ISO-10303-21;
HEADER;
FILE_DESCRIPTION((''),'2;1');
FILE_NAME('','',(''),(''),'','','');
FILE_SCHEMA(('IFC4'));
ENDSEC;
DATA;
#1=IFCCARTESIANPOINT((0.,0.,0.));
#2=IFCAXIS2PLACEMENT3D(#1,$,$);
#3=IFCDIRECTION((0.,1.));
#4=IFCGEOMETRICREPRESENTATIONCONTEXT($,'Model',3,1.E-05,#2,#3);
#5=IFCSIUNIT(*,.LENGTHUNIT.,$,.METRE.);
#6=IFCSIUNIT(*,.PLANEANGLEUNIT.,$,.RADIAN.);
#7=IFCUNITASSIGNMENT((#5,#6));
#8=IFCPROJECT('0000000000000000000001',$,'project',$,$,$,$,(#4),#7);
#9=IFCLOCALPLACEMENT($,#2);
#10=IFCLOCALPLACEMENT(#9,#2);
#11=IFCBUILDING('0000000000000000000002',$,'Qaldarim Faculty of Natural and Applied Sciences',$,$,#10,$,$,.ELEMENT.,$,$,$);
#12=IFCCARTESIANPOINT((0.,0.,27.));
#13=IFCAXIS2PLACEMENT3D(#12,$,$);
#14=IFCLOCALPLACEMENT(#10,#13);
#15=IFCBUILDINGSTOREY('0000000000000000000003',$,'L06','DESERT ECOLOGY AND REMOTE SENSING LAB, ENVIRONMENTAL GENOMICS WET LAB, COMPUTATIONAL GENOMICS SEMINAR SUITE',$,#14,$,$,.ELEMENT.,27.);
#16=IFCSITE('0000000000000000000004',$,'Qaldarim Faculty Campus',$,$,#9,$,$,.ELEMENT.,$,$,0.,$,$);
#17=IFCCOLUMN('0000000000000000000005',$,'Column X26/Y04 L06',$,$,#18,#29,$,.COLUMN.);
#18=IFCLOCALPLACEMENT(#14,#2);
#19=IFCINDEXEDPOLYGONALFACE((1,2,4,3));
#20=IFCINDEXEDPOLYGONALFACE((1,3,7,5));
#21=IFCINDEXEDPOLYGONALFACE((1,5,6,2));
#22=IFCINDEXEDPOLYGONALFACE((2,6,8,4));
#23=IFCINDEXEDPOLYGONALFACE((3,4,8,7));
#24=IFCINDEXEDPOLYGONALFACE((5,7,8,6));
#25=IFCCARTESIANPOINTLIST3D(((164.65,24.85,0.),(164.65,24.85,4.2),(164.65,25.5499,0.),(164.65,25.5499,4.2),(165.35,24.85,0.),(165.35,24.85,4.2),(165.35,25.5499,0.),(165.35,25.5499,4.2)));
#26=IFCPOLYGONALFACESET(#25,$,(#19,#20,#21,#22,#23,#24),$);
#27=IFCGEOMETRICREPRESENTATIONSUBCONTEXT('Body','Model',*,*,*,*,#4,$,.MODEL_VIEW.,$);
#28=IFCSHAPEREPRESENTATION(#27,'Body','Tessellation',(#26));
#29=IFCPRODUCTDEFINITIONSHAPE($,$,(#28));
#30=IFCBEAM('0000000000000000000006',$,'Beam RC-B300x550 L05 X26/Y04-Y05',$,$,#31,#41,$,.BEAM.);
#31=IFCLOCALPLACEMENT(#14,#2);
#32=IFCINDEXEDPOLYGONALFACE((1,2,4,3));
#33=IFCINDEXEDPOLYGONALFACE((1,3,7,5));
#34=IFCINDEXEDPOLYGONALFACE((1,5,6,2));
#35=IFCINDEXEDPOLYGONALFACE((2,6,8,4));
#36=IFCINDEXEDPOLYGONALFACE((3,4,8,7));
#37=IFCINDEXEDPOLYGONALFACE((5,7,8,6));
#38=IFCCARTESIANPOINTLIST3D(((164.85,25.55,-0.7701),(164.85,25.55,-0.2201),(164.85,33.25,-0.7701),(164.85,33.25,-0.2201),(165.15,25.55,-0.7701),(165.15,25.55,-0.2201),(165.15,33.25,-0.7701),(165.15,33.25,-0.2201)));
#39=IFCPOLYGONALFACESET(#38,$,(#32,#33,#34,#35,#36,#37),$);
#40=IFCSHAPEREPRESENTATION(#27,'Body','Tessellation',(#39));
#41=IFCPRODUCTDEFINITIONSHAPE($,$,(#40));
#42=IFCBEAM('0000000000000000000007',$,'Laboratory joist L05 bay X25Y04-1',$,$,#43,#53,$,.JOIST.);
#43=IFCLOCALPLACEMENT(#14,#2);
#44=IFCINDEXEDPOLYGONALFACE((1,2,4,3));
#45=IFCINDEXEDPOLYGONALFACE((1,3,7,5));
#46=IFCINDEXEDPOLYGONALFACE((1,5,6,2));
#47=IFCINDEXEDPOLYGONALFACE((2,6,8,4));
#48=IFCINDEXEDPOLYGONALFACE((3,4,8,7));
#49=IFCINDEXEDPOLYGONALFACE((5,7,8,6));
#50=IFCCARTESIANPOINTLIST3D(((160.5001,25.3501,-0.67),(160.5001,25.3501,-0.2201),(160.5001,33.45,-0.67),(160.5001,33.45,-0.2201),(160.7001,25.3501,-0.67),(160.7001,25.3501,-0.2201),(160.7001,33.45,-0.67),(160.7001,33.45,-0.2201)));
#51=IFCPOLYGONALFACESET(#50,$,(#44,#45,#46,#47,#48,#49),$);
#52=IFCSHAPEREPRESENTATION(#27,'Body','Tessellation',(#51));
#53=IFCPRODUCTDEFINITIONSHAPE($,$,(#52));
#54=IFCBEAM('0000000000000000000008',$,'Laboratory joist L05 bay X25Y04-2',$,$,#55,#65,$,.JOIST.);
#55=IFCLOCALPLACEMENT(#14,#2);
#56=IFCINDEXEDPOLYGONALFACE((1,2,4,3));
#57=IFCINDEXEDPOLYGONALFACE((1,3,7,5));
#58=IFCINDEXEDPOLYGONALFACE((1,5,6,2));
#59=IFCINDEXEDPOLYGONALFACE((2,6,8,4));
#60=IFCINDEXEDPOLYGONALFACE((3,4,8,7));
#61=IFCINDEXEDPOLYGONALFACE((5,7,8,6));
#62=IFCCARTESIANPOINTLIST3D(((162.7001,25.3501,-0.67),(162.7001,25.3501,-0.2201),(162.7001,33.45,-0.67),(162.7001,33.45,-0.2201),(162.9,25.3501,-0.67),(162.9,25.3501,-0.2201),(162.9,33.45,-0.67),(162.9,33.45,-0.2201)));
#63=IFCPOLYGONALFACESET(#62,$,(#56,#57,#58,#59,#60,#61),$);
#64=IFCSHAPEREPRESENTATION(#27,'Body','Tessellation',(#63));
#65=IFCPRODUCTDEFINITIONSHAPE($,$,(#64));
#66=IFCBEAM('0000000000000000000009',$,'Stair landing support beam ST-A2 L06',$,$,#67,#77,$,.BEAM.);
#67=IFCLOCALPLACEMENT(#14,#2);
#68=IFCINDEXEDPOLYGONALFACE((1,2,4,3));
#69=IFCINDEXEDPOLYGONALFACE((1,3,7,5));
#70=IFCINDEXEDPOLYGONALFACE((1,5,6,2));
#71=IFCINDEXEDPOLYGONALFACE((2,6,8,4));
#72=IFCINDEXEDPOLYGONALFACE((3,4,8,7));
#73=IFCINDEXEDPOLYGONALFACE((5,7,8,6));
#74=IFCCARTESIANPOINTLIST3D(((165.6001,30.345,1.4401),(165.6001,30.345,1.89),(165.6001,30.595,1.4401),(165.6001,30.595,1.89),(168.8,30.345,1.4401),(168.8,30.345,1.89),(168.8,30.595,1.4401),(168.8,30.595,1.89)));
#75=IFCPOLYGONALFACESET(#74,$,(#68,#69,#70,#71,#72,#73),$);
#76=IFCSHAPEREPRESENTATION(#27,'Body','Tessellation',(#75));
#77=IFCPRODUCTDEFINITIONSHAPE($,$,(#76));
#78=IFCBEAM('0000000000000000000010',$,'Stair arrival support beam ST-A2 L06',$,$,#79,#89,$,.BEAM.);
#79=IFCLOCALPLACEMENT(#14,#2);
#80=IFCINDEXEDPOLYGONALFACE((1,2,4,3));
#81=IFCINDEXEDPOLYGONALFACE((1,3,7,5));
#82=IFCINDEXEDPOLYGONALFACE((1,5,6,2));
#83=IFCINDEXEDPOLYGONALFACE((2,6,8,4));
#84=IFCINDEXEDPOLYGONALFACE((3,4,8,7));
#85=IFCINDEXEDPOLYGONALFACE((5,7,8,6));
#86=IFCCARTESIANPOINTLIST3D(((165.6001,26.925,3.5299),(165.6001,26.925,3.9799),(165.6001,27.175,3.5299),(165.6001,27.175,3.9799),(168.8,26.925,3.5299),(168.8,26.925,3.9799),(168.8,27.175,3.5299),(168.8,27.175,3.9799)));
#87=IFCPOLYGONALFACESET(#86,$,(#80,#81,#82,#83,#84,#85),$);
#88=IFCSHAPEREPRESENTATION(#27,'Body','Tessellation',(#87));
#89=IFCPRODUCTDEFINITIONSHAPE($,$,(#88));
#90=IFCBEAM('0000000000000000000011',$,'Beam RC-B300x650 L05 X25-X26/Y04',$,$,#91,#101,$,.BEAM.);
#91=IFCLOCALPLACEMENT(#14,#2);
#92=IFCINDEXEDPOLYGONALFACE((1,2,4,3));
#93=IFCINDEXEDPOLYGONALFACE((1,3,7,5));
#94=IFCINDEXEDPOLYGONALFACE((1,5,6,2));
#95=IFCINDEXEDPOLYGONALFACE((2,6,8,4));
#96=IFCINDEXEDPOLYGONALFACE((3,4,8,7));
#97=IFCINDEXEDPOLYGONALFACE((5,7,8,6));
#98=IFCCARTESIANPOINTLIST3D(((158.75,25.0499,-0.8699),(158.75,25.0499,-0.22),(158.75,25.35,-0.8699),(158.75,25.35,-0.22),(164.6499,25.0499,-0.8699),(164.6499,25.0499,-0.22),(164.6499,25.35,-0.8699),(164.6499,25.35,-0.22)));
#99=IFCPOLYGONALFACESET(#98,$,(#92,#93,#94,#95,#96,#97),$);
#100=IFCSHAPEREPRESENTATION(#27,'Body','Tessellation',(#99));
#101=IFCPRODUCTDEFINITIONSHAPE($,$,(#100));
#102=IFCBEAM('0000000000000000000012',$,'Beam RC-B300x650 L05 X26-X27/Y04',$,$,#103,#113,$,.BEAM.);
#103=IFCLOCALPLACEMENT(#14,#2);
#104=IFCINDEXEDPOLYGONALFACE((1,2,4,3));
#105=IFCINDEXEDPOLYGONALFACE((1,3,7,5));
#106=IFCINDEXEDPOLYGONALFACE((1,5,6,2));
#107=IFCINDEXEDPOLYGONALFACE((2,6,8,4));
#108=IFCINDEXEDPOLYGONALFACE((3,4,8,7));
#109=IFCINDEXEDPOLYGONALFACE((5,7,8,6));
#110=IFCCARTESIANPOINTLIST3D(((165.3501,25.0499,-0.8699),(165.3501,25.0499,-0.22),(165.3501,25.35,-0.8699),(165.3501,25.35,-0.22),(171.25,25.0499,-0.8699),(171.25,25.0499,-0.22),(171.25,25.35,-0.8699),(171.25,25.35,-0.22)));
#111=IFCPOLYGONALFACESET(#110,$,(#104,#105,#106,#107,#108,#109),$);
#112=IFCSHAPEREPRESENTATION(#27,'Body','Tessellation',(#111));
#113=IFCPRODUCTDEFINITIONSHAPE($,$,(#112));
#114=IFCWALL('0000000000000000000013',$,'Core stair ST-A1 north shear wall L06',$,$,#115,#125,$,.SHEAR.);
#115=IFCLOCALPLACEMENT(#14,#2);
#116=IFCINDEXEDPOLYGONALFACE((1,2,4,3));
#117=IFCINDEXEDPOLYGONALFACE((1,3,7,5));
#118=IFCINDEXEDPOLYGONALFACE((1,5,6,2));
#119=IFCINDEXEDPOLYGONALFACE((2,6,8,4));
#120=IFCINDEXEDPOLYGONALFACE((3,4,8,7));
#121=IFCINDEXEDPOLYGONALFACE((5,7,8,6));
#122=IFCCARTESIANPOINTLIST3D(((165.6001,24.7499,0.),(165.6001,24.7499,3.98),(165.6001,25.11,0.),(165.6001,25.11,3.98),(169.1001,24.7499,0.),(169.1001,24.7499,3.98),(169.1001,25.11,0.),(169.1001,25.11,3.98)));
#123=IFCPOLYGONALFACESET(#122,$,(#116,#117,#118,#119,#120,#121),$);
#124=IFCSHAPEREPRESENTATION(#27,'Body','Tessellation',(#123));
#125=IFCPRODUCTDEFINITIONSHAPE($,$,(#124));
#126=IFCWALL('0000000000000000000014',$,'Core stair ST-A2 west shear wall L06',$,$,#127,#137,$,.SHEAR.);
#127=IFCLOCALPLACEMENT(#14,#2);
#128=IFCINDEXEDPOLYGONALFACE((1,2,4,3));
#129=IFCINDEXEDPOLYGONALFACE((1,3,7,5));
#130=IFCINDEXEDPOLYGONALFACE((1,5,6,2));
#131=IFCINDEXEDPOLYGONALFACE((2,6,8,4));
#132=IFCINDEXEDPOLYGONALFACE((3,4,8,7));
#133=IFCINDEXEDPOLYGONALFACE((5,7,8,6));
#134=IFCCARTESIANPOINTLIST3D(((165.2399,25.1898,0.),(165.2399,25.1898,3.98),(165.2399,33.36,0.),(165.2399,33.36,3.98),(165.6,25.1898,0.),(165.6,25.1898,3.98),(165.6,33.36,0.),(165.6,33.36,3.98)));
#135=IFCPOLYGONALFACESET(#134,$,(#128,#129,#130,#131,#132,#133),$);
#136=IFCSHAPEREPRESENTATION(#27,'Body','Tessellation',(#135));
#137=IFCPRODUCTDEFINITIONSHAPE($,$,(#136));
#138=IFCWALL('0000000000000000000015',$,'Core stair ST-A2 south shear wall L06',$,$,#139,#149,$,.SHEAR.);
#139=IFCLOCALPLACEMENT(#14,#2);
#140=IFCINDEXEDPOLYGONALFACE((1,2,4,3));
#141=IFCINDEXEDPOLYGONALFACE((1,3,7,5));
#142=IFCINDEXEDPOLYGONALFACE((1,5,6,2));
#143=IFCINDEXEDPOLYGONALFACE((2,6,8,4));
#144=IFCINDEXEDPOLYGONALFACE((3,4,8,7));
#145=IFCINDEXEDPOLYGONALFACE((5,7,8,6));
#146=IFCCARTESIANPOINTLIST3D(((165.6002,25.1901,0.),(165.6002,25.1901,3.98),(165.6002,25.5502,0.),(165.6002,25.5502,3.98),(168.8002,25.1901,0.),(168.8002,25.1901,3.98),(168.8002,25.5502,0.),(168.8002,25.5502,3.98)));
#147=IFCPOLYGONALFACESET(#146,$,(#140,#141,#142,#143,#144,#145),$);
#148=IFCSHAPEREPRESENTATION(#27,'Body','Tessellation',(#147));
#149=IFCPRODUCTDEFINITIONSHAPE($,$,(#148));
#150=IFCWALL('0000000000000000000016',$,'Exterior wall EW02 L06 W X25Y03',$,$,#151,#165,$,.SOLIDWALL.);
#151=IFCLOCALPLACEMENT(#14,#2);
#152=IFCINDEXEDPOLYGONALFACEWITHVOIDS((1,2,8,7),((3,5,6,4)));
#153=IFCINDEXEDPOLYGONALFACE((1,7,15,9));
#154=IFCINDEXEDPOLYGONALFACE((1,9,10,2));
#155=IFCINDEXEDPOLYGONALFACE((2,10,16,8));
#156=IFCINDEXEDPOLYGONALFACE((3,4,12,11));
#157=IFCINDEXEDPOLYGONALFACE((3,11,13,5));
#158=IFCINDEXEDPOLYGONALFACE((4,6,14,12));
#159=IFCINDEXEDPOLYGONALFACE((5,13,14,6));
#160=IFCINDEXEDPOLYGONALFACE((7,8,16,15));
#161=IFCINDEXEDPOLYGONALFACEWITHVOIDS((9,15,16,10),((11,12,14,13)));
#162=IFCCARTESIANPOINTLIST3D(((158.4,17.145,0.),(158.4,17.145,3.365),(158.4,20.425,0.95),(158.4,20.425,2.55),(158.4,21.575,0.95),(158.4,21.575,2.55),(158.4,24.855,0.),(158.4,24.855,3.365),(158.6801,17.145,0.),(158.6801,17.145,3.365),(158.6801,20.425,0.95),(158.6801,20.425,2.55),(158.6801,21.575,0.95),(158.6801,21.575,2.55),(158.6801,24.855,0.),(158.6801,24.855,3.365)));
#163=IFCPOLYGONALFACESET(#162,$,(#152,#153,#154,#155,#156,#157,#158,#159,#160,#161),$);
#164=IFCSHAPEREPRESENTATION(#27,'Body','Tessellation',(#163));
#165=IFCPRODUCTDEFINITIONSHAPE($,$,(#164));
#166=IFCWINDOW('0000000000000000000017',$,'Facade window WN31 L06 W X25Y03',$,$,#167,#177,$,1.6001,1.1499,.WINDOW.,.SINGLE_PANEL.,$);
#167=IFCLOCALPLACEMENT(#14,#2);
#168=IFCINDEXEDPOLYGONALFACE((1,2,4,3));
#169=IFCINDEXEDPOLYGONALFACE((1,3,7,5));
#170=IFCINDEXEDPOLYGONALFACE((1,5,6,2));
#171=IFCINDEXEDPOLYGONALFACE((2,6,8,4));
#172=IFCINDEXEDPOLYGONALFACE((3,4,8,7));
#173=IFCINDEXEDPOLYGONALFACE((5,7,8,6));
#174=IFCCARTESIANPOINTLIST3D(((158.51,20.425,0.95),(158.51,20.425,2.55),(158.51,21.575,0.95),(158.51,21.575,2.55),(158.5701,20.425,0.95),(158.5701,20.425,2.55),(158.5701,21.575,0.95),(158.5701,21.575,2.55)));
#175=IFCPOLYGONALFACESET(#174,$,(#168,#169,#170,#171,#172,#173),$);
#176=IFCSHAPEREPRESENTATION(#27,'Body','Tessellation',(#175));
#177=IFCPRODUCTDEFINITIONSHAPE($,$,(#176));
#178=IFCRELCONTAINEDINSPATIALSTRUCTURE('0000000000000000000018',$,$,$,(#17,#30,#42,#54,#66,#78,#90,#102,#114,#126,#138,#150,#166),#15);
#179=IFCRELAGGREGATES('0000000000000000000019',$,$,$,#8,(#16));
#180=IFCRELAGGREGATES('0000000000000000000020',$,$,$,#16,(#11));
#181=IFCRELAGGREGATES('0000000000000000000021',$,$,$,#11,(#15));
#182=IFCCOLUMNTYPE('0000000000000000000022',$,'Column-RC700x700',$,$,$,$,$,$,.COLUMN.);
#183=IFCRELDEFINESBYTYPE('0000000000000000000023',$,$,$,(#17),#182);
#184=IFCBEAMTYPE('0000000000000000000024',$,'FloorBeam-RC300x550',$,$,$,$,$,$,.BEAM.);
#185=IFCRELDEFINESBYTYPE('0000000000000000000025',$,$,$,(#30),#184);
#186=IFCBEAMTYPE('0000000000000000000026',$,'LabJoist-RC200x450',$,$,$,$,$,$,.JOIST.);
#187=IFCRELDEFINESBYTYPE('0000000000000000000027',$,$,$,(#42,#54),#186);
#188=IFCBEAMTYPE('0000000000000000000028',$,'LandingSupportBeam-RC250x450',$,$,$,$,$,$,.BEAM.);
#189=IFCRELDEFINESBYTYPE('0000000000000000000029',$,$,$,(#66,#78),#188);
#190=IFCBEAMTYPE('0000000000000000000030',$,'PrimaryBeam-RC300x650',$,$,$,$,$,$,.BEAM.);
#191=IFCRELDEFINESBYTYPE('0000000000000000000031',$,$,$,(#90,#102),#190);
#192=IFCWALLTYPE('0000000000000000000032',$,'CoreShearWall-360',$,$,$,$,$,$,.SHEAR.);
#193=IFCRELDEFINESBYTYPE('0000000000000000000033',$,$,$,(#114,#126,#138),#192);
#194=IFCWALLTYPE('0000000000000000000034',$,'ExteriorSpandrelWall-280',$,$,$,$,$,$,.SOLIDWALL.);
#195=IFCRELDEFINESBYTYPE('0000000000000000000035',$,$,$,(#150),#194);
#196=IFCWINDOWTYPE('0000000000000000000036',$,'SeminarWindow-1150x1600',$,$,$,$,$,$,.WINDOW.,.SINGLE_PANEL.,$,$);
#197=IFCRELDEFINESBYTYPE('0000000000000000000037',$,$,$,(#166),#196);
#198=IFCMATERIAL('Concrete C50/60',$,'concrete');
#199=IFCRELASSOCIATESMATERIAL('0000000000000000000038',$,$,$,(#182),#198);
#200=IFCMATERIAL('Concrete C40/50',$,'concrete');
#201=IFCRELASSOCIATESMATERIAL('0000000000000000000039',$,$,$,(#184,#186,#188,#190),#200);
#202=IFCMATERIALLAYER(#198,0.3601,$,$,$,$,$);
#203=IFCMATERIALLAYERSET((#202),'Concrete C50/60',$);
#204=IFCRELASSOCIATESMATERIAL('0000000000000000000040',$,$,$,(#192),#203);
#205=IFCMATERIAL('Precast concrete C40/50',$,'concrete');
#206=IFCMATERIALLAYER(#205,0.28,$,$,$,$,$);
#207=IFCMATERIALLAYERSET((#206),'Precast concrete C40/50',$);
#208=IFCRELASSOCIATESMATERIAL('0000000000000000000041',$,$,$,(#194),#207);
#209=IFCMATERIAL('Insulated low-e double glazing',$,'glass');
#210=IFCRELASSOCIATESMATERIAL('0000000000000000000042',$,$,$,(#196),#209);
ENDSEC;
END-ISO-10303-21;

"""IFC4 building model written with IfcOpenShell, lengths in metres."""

from ifc_helpers import new_model, si_unit, direction, frame, frame_2d, origin, origin_2d, place, context, subcontext, project, spatial, rectangle, extrude, material, layer, layer_set, material_profile, profile_set, type_object, element, fill, save


model = new_model("IFC4")

# Units and contexts
model_context = context("Model", 3, precision=1e-05, world=origin(), true_north=direction((0.0, 1.0)))
body_context = subcontext(model_context, "Body", "Model", "MODEL_VIEW")
ifc_project = project(units=[si_unit("LENGTHUNIT", "METRE"), si_unit("PLANEANGLEUNIT", "RADIAN")], contexts=[model_context])

# Site, building, storey
site_placement = place(None, origin())
site = spatial("IfcSite", under=ifc_project, at=site_placement, Name="Qaldarim Faculty Campus", CompositionType="ELEMENT", RefElevation=0.0)
building_placement = place(site_placement, origin())
building = spatial("IfcBuilding", under=site, at=building_placement, Name="Qaldarim Faculty of Natural and Applied Sciences", CompositionType="ELEMENT")
storey_placement = place(building_placement, frame((0.0, 0.0, 27.0)))
storey = spatial("IfcBuildingStorey", under=building, at=storey_placement, Name="L06", Description="DESERT ECOLOGY AND REMOTE SENSING LAB, ENVIRONMENTAL GENOMICS WET LAB, COMPUTATIONAL GENOMICS SEMINAR SUITE", CompositionType="ELEMENT", Elevation=27.0)

# Column
ifc_material_1 = material(Name="Concrete C50/60", Category="concrete")
ifc_material_profile_1 = material_profile(ifc_material_1, rectangle(XDim=0.7, YDim=0.7, at=origin_2d()), Name="RC-C700x700")
ifc_profile_set_1 = profile_set([ifc_material_profile_1], Name="Concrete C50/60")
column_type = type_object("IfcColumnType", Name="Column-RC700x700", PredefinedType="COLUMN", material=ifc_profile_set_1)
column_placement = place(storey_placement, frame((165.0, 25.2, 0.0), z_axis=(0.0, 0.0, 1.0), x_axis=(1.0, 0.0, 0.0)))
element("IfcColumn", 1, at=column_placement, inside=storey, type_object=column_type, Name="Column X26/Y04 L06", PredefinedType="COLUMN", context=body_context, shape_type="SweptSolid", body=[
    extrude(rectangle(XDim=0.7, YDim=0.7, at=origin_2d()), origin(), (0.0, 0.0, 1.0), 4.2),
])

# Beams
ifc_material_2 = material(Name="Concrete C40/50", Category="concrete")
ifc_material_profile_2 = material_profile(ifc_material_2, rectangle(XDim=0.3, YDim=0.55, at=origin_2d()), Name="RC-B300x550")
ifc_profile_set_2 = profile_set([ifc_material_profile_2], Name="Concrete C40/50")
beam_type_1 = type_object("IfcBeamType", Name="FloorBeam-RC300x550", PredefinedType="BEAM", material=ifc_profile_set_2)
beam_placement = place(storey_placement, frame((165.0, 25.55, -0.4951), z_axis=(0.0, 1.0, 0.0), x_axis=(-1.0, 0.0, 0.0)))
element("IfcBeam", 2, at=beam_placement, inside=storey, type_object=beam_type_1, Name="Beam RC-B300x550 L05 X26/Y04-Y05", PredefinedType="BEAM", context=body_context, shape_type="SweptSolid", body=[
    extrude(rectangle(XDim=0.3, YDim=0.55, at=origin_2d()), origin(), (0.0, 0.0, 1.0), 7.7),
])
ifc_material_profile_3 = material_profile(ifc_material_2, rectangle(XDim=0.2, YDim=0.45, at=origin_2d()), Name="RC-J200x450")
ifc_profile_set_3 = profile_set([ifc_material_profile_3], Name="Concrete C40/50")
beam_type_2 = type_object("IfcBeamType", Name="LabJoist-RC200x450", PredefinedType="JOIST", material=ifc_profile_set_3)
for number, where, z_axis, x_axis, name in (
    (3, (160.6001, 25.3501, -0.4451), (0.0, 1.0, 0.0), (-1.0, 0.0, 0.0), "Laboratory joist L05 bay X25Y04-1"),
    (4, (162.8, 25.3501, -0.4451), (0.0, 1.0, 0.0), (-1.0, 0.0, 0.0), "Laboratory joist L05 bay X25Y04-2"),
):
    element("IfcBeam", number, at=place(storey_placement, frame(where, z_axis=z_axis, x_axis=x_axis)), inside=storey, type_object=beam_type_2, Name=name, PredefinedType="JOIST", context=body_context, shape_type="SweptSolid", body=[
        extrude(rectangle(XDim=0.2, YDim=0.45, at=origin_2d()), origin(), (0.0, 0.0, 1.0), 8.0999),
    ])
ifc_material_profile_4 = material_profile(ifc_material_2, rectangle(XDim=0.25, YDim=0.45, at=origin_2d()), Name="RC-LN250x450")
ifc_profile_set_4 = profile_set([ifc_material_profile_4], Name="Concrete C40/50")
beam_type_3 = type_object("IfcBeamType", Name="LandingSupportBeam-RC250x450", PredefinedType="BEAM", material=ifc_profile_set_4)
for number, where, z_axis, x_axis, name in (
    (5, (165.6001, 30.47, 1.665), (1.0, 0.0, 0.0), (0.0, 1.0, 0.0), "Stair landing support beam ST-A2 L06"),
    (6, (165.6001, 27.05, 3.7549), (1.0, 0.0, 0.0), (0.0, 1.0, 0.0), "Stair arrival support beam ST-A2 L06"),
):
    element("IfcBeam", number, at=place(storey_placement, frame(where, z_axis=z_axis, x_axis=x_axis)), inside=storey, type_object=beam_type_3, Name=name, PredefinedType="BEAM", context=body_context, shape_type="SweptSolid", body=[
        extrude(rectangle(XDim=0.25, YDim=0.45, at=origin_2d()), origin(), (0.0, 0.0, 1.0), 3.2),
    ])
ifc_material_profile_5 = material_profile(ifc_material_2, rectangle(XDim=0.3, YDim=0.6499, at=origin_2d()), Name="RC-B300x650")
ifc_profile_set_5 = profile_set([ifc_material_profile_5], Name="Concrete C40/50")
beam_type_4 = type_object("IfcBeamType", Name="PrimaryBeam-RC300x650", PredefinedType="BEAM", material=ifc_profile_set_5)
for number, where, z_axis, x_axis, name in (
    (7, (158.75, 25.2, -0.5449), (1.0, 0.0, 0.0), (0.0, 1.0, 0.0), "Beam RC-B300x650 L05 X25-X26/Y04"),
    (8, (165.3501, 25.2, -0.5449), (1.0, 0.0, 0.0), (0.0, 1.0, 0.0), "Beam RC-B300x650 L05 X26-X27/Y04"),
):
    element("IfcBeam", number, at=place(storey_placement, frame(where, z_axis=z_axis, x_axis=x_axis)), inside=storey, type_object=beam_type_4, Name=name, PredefinedType="BEAM", context=body_context, shape_type="SweptSolid", body=[
        extrude(rectangle(XDim=0.3, YDim=0.6499, at=origin_2d()), origin(), (0.0, 0.0, 1.0), 5.8999),
    ])

# Walls
ifc_layer_1 = layer(ifc_material_1, 0.3601)
ifc_layer_set_1 = layer_set([ifc_layer_1], Name="Concrete C50/60")
wall_type_1 = type_object("IfcWallType", Name="CoreShearWall-360", PredefinedType="SHEAR", material=ifc_layer_set_1)
wall_1_placement = place(storey_placement, frame((165.6001, 24.9299, 0.0), z_axis=(0.0, 0.0, 1.0), x_axis=(1.0, 0.0, 0.0)))
element("IfcWall", 9, at=wall_1_placement, inside=storey, type_object=wall_type_1, Name="Core stair ST-A1 north shear wall L06", PredefinedType="SHEAR", context=body_context, shape_type="SweptSolid", body=[
    extrude(rectangle(XDim=3.5, YDim=0.3601, at=frame_2d((1.75, 0.0))), origin(), (0.0, 0.0, 1.0), 3.98),
])
wall_2_placement = place(storey_placement, frame((165.4199, 25.1899, 0.0), z_axis=(0.0, 0.0, 1.0), x_axis=(0.0, 1.0, 0.0)))
element("IfcWall", 10, at=wall_2_placement, inside=storey, type_object=wall_type_1, Name="Core stair ST-A2 west shear wall L06", PredefinedType="SHEAR", context=body_context, shape_type="SweptSolid", body=[
    extrude(rectangle(XDim=8.1702, YDim=0.3601, at=frame_2d((4.085, 0.0))), origin(), (0.0, 0.0, 1.0), 3.98),
])

# Wall
wall_3_placement = place(storey_placement, frame((165.6001, 25.3701, 0.0), z_axis=(0.0, 0.0, 1.0), x_axis=(1.0, 0.0, 0.0)))
element("IfcWall", 11, at=wall_3_placement, inside=storey, type_object=wall_type_1, Name="Core stair ST-A2 south shear wall L06", PredefinedType="SHEAR", context=body_context, shape_type="SweptSolid", body=[
    extrude(rectangle(XDim=3.2, YDim=0.3601, at=frame_2d((1.6001, 0.0))), origin(), (0.0, 0.0, 1.0), 3.98),
])

# Wall, opening, window
ifc_material_3 = material(Name="Precast concrete C40/50", Category="concrete")
ifc_layer_2 = layer(ifc_material_3, 0.28)
ifc_layer_set_2 = layer_set([ifc_layer_2], Name="Precast concrete C40/50")
wall_type_2 = type_object("IfcWallType", Name="ExteriorSpandrelWall-280", PredefinedType="SOLIDWALL", material=ifc_layer_set_2)
wall_4_placement = place(storey_placement, frame((158.54, 24.855, 0.0), z_axis=(0.0, 0.0, 1.0), x_axis=(0.0, -1.0, 0.0)))
wall_4 = element("IfcWall", 12, at=wall_4_placement, inside=storey, type_object=wall_type_2, Name="Exterior wall EW02 L06 W X25Y03", PredefinedType="SOLIDWALL", context=body_context, shape_type="SweptSolid", body=[
    extrude(rectangle(XDim=7.71, YDim=0.28, at=frame_2d((3.855, 0.0))), origin(), (0.0, 0.0, 1.0), 3.365),
])
opening_1_placement = place(wall_4_placement, frame((3.28, 0.0, 0.95)))
opening_1 = element("IfcOpeningElement", 13, at=opening_1_placement, cuts=wall_4, PredefinedType="OPENING", context=body_context, shape_type="SweptSolid", body=[
    extrude(rectangle(XDim=1.1499, YDim=1.6001, at=frame_2d((0.575, 0.8))), frame((0.0, 0.1499, 0.0), z_axis=(0.0, -1.0, 0.0), x_axis=(1.0, 0.0, 0.0)), (0.0, 0.0, 1.0), 0.3),
])
ifc_material_4 = material(Name="Insulated low-e double glazing", Category="glass")
window_type = type_object("IfcWindowType", Name="SeminarWindow-1150x1600", PartitioningType="SINGLE_PANEL", PredefinedType="WINDOW", material=ifc_material_4)
window_placement = place(opening_1_placement, origin())
window = element("IfcWindow", 14, at=window_placement, inside=storey, type_object=window_type, Name="Facade window WN31 L06 W X25Y03", OverallHeight=1.6001, OverallWidth=1.1499, PartitioningType="SINGLE_PANEL", PredefinedType="WINDOW", context=body_context, shape_type="SweptSolid", body=[
    extrude(rectangle(XDim=1.1499, YDim=1.6001, at=frame_2d((0.575, 0.8))), frame((0.0, 0.03, 0.0), z_axis=(0.0, -1.0, 0.0), x_axis=(1.0, 0.0, 0.0)), (0.0, 0.0, 1.0), 0.0601),
])
fill(opening_1, window)

save(model, "model.ifc")
